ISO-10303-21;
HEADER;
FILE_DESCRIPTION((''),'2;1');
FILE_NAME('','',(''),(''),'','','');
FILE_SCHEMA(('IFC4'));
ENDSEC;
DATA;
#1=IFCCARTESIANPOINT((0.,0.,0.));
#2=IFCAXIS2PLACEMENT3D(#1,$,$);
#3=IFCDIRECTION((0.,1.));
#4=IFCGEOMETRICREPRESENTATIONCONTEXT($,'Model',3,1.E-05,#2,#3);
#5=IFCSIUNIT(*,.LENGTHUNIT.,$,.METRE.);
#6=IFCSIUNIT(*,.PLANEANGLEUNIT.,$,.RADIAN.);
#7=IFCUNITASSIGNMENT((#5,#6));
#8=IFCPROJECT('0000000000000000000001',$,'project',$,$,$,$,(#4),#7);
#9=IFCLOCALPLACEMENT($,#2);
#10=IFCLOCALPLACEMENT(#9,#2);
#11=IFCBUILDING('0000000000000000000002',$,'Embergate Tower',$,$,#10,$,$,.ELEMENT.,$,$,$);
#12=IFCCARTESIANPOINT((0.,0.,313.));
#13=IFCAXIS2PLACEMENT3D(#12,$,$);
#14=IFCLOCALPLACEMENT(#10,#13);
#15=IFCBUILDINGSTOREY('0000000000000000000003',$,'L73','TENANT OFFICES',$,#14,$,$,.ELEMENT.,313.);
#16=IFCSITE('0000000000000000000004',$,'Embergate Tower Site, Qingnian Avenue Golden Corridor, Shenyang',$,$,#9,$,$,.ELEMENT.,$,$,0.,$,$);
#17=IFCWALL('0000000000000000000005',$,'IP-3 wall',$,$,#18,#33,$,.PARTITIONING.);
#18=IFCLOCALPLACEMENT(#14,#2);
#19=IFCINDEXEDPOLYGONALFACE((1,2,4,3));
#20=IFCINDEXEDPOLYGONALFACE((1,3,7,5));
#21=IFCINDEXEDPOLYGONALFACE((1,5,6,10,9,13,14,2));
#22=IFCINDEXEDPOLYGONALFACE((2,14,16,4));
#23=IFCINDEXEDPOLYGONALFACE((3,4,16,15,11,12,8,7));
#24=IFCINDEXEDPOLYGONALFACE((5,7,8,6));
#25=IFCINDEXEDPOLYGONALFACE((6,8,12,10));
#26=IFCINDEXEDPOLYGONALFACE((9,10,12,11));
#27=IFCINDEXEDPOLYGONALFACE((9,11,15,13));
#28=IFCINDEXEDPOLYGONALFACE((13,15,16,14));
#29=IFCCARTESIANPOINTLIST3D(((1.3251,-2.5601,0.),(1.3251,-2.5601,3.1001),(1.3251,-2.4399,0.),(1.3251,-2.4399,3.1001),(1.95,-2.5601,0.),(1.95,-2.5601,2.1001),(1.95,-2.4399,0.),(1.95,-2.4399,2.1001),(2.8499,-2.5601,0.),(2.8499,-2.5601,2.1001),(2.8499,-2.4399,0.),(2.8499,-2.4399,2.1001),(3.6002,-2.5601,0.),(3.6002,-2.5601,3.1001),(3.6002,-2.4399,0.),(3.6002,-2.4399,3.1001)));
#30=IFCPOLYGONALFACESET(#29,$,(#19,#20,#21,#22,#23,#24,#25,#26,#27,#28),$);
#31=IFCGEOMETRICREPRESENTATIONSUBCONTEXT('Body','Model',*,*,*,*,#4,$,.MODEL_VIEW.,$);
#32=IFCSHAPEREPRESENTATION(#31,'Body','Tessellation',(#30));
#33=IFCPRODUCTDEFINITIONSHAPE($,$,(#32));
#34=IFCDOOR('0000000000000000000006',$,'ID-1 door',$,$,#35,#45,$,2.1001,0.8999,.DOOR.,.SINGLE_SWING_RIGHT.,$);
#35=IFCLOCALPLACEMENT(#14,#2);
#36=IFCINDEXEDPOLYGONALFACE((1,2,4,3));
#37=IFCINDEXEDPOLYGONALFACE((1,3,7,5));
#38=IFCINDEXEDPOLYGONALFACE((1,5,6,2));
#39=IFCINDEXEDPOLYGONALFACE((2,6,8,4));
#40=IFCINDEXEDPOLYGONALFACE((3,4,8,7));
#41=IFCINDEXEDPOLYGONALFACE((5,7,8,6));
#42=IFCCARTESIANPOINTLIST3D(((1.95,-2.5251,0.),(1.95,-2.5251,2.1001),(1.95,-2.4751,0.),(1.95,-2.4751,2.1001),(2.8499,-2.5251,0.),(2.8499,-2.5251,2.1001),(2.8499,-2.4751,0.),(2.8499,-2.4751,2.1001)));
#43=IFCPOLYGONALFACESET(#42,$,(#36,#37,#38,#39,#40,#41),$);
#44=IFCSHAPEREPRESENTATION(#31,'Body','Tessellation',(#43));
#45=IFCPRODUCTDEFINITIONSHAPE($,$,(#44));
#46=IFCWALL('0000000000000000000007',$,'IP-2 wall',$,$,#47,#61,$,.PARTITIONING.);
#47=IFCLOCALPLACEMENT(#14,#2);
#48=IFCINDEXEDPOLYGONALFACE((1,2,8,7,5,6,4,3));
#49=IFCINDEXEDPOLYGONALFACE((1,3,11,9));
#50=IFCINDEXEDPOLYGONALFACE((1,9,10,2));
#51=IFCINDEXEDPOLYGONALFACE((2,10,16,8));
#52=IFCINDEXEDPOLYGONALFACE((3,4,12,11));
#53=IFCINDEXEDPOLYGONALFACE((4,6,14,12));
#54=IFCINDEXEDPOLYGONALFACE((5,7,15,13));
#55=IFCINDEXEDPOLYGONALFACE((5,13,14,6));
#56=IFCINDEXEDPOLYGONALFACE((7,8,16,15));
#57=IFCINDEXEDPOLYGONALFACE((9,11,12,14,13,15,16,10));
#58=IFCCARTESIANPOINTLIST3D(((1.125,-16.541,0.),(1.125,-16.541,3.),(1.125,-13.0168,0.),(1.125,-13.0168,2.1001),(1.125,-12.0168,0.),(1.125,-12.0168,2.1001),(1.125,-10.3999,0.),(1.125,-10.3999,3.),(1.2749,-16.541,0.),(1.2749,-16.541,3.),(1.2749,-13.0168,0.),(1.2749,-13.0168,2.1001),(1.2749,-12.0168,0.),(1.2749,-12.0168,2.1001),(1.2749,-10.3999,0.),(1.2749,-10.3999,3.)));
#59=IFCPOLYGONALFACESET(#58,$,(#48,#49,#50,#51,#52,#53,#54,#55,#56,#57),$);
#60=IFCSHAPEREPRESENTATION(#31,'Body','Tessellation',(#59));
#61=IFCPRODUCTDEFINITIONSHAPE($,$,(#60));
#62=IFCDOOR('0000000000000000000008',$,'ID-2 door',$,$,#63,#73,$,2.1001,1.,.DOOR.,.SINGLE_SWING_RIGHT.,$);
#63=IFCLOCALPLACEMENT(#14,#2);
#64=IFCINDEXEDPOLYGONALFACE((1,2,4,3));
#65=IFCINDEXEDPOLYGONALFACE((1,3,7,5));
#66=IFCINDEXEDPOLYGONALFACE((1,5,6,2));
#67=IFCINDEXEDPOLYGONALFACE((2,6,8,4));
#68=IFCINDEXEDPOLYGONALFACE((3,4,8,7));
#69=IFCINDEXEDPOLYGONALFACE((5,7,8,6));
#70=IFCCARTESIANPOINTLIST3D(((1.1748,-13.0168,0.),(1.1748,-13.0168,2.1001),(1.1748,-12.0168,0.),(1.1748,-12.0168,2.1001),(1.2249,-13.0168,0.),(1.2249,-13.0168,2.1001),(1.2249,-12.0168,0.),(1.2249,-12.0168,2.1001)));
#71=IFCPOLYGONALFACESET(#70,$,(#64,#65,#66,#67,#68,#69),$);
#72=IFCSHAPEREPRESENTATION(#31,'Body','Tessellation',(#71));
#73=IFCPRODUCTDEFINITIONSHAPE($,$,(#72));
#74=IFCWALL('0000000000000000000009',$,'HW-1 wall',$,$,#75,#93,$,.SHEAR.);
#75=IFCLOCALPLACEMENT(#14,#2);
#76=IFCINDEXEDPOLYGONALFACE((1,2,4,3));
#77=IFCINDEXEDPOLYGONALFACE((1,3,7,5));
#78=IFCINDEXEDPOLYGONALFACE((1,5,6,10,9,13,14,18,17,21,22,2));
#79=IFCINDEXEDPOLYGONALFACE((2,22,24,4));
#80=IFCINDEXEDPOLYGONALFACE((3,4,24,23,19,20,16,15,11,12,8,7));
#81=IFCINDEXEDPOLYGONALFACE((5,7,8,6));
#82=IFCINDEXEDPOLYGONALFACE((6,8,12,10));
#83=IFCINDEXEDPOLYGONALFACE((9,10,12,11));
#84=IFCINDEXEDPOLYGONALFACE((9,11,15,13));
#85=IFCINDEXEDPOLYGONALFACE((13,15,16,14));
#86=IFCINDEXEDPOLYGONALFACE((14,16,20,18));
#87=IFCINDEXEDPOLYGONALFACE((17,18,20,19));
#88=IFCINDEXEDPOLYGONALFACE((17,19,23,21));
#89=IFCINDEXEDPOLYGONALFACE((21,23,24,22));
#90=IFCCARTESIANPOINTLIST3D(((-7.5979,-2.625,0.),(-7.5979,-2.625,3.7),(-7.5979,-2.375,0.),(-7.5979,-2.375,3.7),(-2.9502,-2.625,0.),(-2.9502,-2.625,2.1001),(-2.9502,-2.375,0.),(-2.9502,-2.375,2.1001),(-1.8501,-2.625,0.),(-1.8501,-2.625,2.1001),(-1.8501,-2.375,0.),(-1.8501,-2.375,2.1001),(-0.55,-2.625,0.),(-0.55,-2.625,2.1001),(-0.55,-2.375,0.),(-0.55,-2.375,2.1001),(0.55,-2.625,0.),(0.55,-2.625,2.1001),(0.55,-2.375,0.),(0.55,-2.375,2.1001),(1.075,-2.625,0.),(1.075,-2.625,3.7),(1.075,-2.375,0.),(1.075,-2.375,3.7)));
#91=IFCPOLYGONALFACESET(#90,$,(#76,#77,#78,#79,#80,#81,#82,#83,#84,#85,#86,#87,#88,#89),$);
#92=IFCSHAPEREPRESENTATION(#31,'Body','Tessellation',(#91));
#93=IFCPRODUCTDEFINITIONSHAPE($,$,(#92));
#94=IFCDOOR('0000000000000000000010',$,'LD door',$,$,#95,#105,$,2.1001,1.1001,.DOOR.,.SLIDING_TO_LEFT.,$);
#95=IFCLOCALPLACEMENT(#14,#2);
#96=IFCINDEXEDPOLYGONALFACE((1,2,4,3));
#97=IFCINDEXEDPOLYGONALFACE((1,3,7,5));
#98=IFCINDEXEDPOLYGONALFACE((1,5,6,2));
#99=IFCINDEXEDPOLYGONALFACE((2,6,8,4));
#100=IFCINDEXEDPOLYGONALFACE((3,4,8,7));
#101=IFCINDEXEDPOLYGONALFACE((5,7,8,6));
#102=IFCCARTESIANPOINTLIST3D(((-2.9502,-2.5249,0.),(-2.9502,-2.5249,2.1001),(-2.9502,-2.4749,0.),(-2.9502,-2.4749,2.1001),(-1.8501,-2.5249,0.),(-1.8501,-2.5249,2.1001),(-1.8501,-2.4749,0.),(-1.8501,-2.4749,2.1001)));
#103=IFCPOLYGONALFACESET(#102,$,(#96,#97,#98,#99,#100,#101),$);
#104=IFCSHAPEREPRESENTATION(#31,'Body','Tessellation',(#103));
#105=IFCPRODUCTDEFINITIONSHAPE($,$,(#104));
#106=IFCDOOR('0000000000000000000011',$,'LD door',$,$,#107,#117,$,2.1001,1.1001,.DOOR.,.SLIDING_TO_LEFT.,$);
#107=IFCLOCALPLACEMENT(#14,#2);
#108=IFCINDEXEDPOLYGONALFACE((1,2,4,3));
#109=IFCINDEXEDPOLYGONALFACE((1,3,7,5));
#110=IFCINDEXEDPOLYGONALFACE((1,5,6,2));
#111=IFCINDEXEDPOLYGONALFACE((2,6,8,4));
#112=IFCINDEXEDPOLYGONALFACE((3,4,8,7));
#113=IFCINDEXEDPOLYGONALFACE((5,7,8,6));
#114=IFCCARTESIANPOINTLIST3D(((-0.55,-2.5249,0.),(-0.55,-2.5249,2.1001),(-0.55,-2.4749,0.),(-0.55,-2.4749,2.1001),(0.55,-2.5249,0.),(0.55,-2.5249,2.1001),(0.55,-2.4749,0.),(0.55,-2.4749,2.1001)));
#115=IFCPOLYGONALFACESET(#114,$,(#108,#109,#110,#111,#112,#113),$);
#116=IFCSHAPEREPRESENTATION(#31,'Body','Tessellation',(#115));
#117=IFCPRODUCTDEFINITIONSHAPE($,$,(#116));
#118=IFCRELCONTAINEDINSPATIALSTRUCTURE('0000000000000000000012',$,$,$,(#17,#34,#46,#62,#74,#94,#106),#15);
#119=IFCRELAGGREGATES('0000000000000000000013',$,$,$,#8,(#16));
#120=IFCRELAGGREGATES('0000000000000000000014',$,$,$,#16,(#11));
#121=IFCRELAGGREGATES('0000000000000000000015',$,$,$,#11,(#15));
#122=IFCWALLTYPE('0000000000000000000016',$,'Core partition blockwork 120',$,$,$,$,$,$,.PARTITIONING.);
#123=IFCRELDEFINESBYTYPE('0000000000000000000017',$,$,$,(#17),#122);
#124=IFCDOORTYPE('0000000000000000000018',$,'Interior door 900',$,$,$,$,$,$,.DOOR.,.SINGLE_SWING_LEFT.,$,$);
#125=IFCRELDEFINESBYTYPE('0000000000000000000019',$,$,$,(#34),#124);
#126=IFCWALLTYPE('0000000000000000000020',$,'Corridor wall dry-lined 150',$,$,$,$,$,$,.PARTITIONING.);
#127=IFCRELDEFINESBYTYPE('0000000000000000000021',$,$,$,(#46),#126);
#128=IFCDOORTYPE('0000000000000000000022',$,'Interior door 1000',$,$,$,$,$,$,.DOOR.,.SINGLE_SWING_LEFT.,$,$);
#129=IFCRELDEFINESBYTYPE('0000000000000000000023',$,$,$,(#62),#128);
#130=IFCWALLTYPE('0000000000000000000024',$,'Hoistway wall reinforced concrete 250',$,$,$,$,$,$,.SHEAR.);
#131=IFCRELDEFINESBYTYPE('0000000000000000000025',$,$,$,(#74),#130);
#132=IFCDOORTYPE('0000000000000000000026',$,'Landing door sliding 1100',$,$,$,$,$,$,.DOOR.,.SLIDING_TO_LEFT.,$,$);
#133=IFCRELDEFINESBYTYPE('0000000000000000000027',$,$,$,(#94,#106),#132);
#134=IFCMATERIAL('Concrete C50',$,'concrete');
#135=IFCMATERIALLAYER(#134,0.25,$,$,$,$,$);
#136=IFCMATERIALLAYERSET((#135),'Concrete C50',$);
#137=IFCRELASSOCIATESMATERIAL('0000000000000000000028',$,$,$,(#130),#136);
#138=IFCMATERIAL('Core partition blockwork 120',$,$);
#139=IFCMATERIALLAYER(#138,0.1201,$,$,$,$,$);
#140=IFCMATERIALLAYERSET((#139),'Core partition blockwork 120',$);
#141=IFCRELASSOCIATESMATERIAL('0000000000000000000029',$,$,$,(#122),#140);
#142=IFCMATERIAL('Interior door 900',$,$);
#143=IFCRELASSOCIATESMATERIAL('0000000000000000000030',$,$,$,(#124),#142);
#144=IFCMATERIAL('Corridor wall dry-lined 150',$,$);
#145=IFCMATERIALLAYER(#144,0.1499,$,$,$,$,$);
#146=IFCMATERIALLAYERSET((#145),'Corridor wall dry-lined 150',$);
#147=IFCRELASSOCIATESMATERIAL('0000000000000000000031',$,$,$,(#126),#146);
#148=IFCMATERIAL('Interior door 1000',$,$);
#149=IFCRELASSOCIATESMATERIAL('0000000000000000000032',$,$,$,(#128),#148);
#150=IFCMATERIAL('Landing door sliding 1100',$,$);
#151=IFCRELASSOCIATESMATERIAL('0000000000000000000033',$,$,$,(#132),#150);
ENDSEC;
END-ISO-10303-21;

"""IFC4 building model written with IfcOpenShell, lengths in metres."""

from ifc_helpers import new_model, si_unit, direction, frame, frame_2d, origin, place, context, subcontext, project, spatial, rectangle, extrude, source, transform, mapped, material, layer, layer_set, type_object, element, fill, save


model = new_model("IFC4")

# Units and contexts
model_context = context("Model", 3, precision=1e-05, world=origin(), true_north=direction((0.0, 1.0)))
body_context = subcontext(model_context, "Body", "Model", "MODEL_VIEW")
ifc_project = project(units=[si_unit("LENGTHUNIT", "METRE"), si_unit("PLANEANGLEUNIT", "RADIAN")], contexts=[model_context])

# Site, building, storey
site_placement = place(None, origin())
site = spatial("IfcSite", under=ifc_project, at=site_placement, Name="Embergate Tower Site, Qingnian Avenue Golden Corridor, Shenyang", CompositionType="ELEMENT", RefElevation=0.0)
building_placement = place(site_placement, origin())
building = spatial("IfcBuilding", under=site, at=building_placement, Name="Embergate Tower", CompositionType="ELEMENT")
storey_placement = place(building_placement, frame((0.0, 0.0, 313.0)))
storey = spatial("IfcBuildingStorey", under=building, at=storey_placement, Name="L73", Description="TENANT OFFICES", CompositionType="ELEMENT", Elevation=313.0)

# Shared definitions
ifc_material_1 = material(Name="Concrete C50", Category="concrete")
ifc_layer_1 = layer(ifc_material_1, 0.25)
ifc_layer_set_1 = layer_set([ifc_layer_1], Name="Concrete C50")
wall_type_1 = type_object("IfcWallType", Name="Hoistway wall reinforced concrete 250", PredefinedType="SHEAR", material=ifc_layer_set_1)

# Shared definitions
ifc_material_2 = material(Name="Core partition blockwork 120")
ifc_layer_2 = layer(ifc_material_2, 0.1201)
ifc_layer_set_2 = layer_set([ifc_layer_2], Name="Core partition blockwork 120")
wall_type_2 = type_object("IfcWallType", Name="Core partition blockwork 120", PredefinedType="PARTITIONING", material=ifc_layer_set_2)

# Walls, openings, doors
shared_shape_1 = source(origin(), body_context, "Body", "SweptSolid", [
    extrude(rectangle(XDim=2.2751, YDim=0.1201, at=frame_2d((1.1377, 0.0))), origin(), (0.0, 0.0, 1.0), 3.1001),
])
wall_1_placement = place(storey_placement, frame((1.325, -2.5, 0.0), z_axis=(0.0, 0.0, 1.0), x_axis=(1.0, 0.0, 0.0)))
wall_1 = element("IfcWall", 1, at=wall_1_placement, inside=storey, type_object=wall_type_2, Name="IP-3 wall", PredefinedType="PARTITIONING", context=body_context, shape_type="MappedRepresentation", body=[
    mapped(shared_shape_1, transform((0.0, 0.0, 0.0))),
])
shared_shape_2 = source(origin(), body_context, "Body", "SweptSolid", [
    extrude(rectangle(XDim=0.8999, YDim=2.1001, at=frame_2d((0.45, 1.05))), frame((0.0, 0.0701, 0.0), z_axis=(0.0, -1.0, 0.0), x_axis=(1.0, 0.0, 0.0)), (0.0, 0.0, 1.0), 0.1401),
])
opening_1_placement = place(wall_1_placement, frame((0.625, 0.0, 0.0)))
opening_1 = element("IfcOpeningElement", 2, at=opening_1_placement, cuts=wall_1, PredefinedType="OPENING", context=body_context, shape_type="MappedRepresentation", body=[
    mapped(shared_shape_2, transform((0.0, 0.0, 0.0))),
])
ifc_material_3 = material(Name="Interior door 900")
door_type_1 = type_object("IfcDoorType", Name="Interior door 900", OperationType="SINGLE_SWING_LEFT", PredefinedType="DOOR", material=ifc_material_3)
shared_shape_3 = source(origin(), body_context, "Body", "SweptSolid", [
    extrude(rectangle(XDim=0.8999, YDim=2.1001, at=frame_2d((0.45, 1.05))), frame((0.0, 0.0249, 0.0), z_axis=(0.0, -1.0, 0.0), x_axis=(1.0, 0.0, 0.0)), (0.0, 0.0, 1.0), 0.05),
])
door_1_placement = place(opening_1_placement, origin())
door_1 = element("IfcDoor", 3, at=door_1_placement, inside=storey, type_object=door_type_1, Name="ID-1 door", OperationType="SINGLE_SWING_RIGHT", OverallHeight=2.1001, OverallWidth=0.8999, PredefinedType="DOOR", context=body_context, shape_type="MappedRepresentation", body=[
    mapped(shared_shape_3, transform((0.0, 0.0, 0.0))),
])
fill(opening_1, door_1)
ifc_material_4 = material(Name="Corridor wall dry-lined 150")
ifc_layer_3 = layer(ifc_material_4, 0.1499)
ifc_layer_set_3 = layer_set([ifc_layer_3], Name="Corridor wall dry-lined 150")
wall_type_3 = type_object("IfcWallType", Name="Corridor wall dry-lined 150", PredefinedType="PARTITIONING", material=ifc_layer_set_3)
shared_shape_4 = source(origin(), body_context, "Body", "SweptSolid", [
    extrude(rectangle(XDim=6.1411, YDim=0.1499, at=frame_2d((3.0706, 0.0))), origin(), (0.0, 0.0, 1.0), 3.0),
])
wall_2_placement = place(storey_placement, frame((1.2, -10.3999, 0.0), z_axis=(0.0, 0.0, 1.0), x_axis=(0.0, -1.0, 0.0)))
wall_2 = element("IfcWall", 4, at=wall_2_placement, inside=storey, type_object=wall_type_3, Name="IP-2 wall", PredefinedType="PARTITIONING", context=body_context, shape_type="MappedRepresentation", body=[
    mapped(shared_shape_4, transform((0.0, 0.0, 0.0))),
])
shared_shape_5 = source(origin(), body_context, "Body", "SweptSolid", [
    extrude(rectangle(XDim=1.0, YDim=2.1001, at=frame_2d((0.5, 1.05))), frame((0.0, 0.085, 0.0), z_axis=(0.0, -1.0, 0.0), x_axis=(1.0, 0.0, 0.0)), (0.0, 0.0, 1.0), 0.1699),
])
opening_2_placement = place(wall_2_placement, frame((1.6169, 0.0, 0.0)))
opening_2 = element("IfcOpeningElement", 5, at=opening_2_placement, cuts=wall_2, PredefinedType="OPENING", context=body_context, shape_type="MappedRepresentation", body=[
    mapped(shared_shape_5, transform((0.0, 0.0, 0.0))),
])
ifc_material_5 = material(Name="Interior door 1000")
door_type_2 = type_object("IfcDoorType", Name="Interior door 1000", OperationType="SINGLE_SWING_LEFT", PredefinedType="DOOR", material=ifc_material_5)
shared_shape_6 = source(origin(), body_context, "Body", "SweptSolid", [
    extrude(rectangle(XDim=1.0, YDim=2.1001, at=frame_2d((0.5, 1.05))), frame((0.0, 0.0249, 0.0), z_axis=(0.0, -1.0, 0.0), x_axis=(1.0, 0.0, 0.0)), (0.0, 0.0, 1.0), 0.05),
])
door_2_placement = place(opening_2_placement, origin())
door_2 = element("IfcDoor", 6, at=door_2_placement, inside=storey, type_object=door_type_2, Name="ID-2 door", OperationType="SINGLE_SWING_RIGHT", OverallHeight=2.1001, OverallWidth=1.0, PredefinedType="DOOR", context=body_context, shape_type="MappedRepresentation", body=[
    mapped(shared_shape_6, transform((0.0, 0.0, 0.0))),
])
fill(opening_2, door_2)

# Wall, openings, doors
shared_shape_7 = source(origin(), body_context, "Body", "SweptSolid", [
    extrude(rectangle(XDim=8.6729, YDim=0.25, at=frame_2d((4.3364, 0.0))), origin(), (0.0, 0.0, 1.0), 3.7),
])
wall_3_placement = place(storey_placement, frame((1.075, -2.5, 0.0), z_axis=(0.0, 0.0, 1.0), x_axis=(-1.0, 0.0, 0.0)))
wall_3 = element("IfcWall", 7, at=wall_3_placement, inside=storey, type_object=wall_type_1, Name="HW-1 wall", PredefinedType="SHEAR", context=body_context, shape_type="MappedRepresentation", body=[
    mapped(shared_shape_7, transform((0.0, 0.0, 0.0))),
])
shared_shape_8 = source(origin(), body_context, "Body", "SweptSolid", [
    extrude(rectangle(XDim=1.1001, YDim=2.1001, at=frame_2d((0.55, 1.05))), frame((0.0, 0.135, 0.0), z_axis=(0.0, -1.0, 0.0), x_axis=(1.0, 0.0, 0.0)), (0.0, 0.0, 1.0), 0.27),
])
opening_3_placement = place(wall_3_placement, frame((2.925, 0.0, 0.0)))
opening_3 = element("IfcOpeningElement", 8, at=opening_3_placement, cuts=wall_3, PredefinedType="OPENING", context=body_context, shape_type="MappedRepresentation", body=[
    mapped(shared_shape_8, transform((0.0, 0.0, 0.0))),
])
opening_4_placement = place(wall_3_placement, frame((0.5249, 0.0, 0.0)))
opening_4 = element("IfcOpeningElement", 9, at=opening_4_placement, cuts=wall_3, PredefinedType="OPENING", context=body_context, shape_type="MappedRepresentation", body=[
    mapped(shared_shape_8, transform((0.0, 0.0, 0.0))),
])
ifc_material_6 = material(Name="Landing door sliding 1100")
door_type_3 = type_object("IfcDoorType", Name="Landing door sliding 1100", OperationType="SLIDING_TO_LEFT", PredefinedType="DOOR", material=ifc_material_6)
shared_shape_9 = source(origin(), body_context, "Body", "SweptSolid", [
    extrude(rectangle(XDim=1.1001, YDim=2.1001, at=frame_2d((0.55, 1.05))), frame((0.0, 0.0249, 0.0), z_axis=(0.0, -1.0, 0.0), x_axis=(1.0, 0.0, 0.0)), (0.0, 0.0, 1.0), 0.05),
])
door_3_placement = place(opening_3_placement, origin())
door_3 = element("IfcDoor", 10, at=door_3_placement, inside=storey, type_object=door_type_3, Name="LD door", OperationType="SLIDING_TO_LEFT", OverallHeight=2.1001, OverallWidth=1.1001, PredefinedType="DOOR", context=body_context, shape_type="MappedRepresentation", body=[
    mapped(shared_shape_9, transform((0.0, 0.0, 0.0))),
])
fill(opening_3, door_3)
door_4_placement = place(opening_4_placement, origin())
door_4 = element("IfcDoor", 11, at=door_4_placement, inside=storey, type_object=door_type_3, Name="LD door", OperationType="SLIDING_TO_LEFT", OverallHeight=2.1001, OverallWidth=1.1001, PredefinedType="DOOR", context=body_context, shape_type="MappedRepresentation", body=[
    mapped(shared_shape_9, transform((0.0, 0.0, 0.0))),
])
fill(opening_4, door_4)

save(model, "model.ifc")
